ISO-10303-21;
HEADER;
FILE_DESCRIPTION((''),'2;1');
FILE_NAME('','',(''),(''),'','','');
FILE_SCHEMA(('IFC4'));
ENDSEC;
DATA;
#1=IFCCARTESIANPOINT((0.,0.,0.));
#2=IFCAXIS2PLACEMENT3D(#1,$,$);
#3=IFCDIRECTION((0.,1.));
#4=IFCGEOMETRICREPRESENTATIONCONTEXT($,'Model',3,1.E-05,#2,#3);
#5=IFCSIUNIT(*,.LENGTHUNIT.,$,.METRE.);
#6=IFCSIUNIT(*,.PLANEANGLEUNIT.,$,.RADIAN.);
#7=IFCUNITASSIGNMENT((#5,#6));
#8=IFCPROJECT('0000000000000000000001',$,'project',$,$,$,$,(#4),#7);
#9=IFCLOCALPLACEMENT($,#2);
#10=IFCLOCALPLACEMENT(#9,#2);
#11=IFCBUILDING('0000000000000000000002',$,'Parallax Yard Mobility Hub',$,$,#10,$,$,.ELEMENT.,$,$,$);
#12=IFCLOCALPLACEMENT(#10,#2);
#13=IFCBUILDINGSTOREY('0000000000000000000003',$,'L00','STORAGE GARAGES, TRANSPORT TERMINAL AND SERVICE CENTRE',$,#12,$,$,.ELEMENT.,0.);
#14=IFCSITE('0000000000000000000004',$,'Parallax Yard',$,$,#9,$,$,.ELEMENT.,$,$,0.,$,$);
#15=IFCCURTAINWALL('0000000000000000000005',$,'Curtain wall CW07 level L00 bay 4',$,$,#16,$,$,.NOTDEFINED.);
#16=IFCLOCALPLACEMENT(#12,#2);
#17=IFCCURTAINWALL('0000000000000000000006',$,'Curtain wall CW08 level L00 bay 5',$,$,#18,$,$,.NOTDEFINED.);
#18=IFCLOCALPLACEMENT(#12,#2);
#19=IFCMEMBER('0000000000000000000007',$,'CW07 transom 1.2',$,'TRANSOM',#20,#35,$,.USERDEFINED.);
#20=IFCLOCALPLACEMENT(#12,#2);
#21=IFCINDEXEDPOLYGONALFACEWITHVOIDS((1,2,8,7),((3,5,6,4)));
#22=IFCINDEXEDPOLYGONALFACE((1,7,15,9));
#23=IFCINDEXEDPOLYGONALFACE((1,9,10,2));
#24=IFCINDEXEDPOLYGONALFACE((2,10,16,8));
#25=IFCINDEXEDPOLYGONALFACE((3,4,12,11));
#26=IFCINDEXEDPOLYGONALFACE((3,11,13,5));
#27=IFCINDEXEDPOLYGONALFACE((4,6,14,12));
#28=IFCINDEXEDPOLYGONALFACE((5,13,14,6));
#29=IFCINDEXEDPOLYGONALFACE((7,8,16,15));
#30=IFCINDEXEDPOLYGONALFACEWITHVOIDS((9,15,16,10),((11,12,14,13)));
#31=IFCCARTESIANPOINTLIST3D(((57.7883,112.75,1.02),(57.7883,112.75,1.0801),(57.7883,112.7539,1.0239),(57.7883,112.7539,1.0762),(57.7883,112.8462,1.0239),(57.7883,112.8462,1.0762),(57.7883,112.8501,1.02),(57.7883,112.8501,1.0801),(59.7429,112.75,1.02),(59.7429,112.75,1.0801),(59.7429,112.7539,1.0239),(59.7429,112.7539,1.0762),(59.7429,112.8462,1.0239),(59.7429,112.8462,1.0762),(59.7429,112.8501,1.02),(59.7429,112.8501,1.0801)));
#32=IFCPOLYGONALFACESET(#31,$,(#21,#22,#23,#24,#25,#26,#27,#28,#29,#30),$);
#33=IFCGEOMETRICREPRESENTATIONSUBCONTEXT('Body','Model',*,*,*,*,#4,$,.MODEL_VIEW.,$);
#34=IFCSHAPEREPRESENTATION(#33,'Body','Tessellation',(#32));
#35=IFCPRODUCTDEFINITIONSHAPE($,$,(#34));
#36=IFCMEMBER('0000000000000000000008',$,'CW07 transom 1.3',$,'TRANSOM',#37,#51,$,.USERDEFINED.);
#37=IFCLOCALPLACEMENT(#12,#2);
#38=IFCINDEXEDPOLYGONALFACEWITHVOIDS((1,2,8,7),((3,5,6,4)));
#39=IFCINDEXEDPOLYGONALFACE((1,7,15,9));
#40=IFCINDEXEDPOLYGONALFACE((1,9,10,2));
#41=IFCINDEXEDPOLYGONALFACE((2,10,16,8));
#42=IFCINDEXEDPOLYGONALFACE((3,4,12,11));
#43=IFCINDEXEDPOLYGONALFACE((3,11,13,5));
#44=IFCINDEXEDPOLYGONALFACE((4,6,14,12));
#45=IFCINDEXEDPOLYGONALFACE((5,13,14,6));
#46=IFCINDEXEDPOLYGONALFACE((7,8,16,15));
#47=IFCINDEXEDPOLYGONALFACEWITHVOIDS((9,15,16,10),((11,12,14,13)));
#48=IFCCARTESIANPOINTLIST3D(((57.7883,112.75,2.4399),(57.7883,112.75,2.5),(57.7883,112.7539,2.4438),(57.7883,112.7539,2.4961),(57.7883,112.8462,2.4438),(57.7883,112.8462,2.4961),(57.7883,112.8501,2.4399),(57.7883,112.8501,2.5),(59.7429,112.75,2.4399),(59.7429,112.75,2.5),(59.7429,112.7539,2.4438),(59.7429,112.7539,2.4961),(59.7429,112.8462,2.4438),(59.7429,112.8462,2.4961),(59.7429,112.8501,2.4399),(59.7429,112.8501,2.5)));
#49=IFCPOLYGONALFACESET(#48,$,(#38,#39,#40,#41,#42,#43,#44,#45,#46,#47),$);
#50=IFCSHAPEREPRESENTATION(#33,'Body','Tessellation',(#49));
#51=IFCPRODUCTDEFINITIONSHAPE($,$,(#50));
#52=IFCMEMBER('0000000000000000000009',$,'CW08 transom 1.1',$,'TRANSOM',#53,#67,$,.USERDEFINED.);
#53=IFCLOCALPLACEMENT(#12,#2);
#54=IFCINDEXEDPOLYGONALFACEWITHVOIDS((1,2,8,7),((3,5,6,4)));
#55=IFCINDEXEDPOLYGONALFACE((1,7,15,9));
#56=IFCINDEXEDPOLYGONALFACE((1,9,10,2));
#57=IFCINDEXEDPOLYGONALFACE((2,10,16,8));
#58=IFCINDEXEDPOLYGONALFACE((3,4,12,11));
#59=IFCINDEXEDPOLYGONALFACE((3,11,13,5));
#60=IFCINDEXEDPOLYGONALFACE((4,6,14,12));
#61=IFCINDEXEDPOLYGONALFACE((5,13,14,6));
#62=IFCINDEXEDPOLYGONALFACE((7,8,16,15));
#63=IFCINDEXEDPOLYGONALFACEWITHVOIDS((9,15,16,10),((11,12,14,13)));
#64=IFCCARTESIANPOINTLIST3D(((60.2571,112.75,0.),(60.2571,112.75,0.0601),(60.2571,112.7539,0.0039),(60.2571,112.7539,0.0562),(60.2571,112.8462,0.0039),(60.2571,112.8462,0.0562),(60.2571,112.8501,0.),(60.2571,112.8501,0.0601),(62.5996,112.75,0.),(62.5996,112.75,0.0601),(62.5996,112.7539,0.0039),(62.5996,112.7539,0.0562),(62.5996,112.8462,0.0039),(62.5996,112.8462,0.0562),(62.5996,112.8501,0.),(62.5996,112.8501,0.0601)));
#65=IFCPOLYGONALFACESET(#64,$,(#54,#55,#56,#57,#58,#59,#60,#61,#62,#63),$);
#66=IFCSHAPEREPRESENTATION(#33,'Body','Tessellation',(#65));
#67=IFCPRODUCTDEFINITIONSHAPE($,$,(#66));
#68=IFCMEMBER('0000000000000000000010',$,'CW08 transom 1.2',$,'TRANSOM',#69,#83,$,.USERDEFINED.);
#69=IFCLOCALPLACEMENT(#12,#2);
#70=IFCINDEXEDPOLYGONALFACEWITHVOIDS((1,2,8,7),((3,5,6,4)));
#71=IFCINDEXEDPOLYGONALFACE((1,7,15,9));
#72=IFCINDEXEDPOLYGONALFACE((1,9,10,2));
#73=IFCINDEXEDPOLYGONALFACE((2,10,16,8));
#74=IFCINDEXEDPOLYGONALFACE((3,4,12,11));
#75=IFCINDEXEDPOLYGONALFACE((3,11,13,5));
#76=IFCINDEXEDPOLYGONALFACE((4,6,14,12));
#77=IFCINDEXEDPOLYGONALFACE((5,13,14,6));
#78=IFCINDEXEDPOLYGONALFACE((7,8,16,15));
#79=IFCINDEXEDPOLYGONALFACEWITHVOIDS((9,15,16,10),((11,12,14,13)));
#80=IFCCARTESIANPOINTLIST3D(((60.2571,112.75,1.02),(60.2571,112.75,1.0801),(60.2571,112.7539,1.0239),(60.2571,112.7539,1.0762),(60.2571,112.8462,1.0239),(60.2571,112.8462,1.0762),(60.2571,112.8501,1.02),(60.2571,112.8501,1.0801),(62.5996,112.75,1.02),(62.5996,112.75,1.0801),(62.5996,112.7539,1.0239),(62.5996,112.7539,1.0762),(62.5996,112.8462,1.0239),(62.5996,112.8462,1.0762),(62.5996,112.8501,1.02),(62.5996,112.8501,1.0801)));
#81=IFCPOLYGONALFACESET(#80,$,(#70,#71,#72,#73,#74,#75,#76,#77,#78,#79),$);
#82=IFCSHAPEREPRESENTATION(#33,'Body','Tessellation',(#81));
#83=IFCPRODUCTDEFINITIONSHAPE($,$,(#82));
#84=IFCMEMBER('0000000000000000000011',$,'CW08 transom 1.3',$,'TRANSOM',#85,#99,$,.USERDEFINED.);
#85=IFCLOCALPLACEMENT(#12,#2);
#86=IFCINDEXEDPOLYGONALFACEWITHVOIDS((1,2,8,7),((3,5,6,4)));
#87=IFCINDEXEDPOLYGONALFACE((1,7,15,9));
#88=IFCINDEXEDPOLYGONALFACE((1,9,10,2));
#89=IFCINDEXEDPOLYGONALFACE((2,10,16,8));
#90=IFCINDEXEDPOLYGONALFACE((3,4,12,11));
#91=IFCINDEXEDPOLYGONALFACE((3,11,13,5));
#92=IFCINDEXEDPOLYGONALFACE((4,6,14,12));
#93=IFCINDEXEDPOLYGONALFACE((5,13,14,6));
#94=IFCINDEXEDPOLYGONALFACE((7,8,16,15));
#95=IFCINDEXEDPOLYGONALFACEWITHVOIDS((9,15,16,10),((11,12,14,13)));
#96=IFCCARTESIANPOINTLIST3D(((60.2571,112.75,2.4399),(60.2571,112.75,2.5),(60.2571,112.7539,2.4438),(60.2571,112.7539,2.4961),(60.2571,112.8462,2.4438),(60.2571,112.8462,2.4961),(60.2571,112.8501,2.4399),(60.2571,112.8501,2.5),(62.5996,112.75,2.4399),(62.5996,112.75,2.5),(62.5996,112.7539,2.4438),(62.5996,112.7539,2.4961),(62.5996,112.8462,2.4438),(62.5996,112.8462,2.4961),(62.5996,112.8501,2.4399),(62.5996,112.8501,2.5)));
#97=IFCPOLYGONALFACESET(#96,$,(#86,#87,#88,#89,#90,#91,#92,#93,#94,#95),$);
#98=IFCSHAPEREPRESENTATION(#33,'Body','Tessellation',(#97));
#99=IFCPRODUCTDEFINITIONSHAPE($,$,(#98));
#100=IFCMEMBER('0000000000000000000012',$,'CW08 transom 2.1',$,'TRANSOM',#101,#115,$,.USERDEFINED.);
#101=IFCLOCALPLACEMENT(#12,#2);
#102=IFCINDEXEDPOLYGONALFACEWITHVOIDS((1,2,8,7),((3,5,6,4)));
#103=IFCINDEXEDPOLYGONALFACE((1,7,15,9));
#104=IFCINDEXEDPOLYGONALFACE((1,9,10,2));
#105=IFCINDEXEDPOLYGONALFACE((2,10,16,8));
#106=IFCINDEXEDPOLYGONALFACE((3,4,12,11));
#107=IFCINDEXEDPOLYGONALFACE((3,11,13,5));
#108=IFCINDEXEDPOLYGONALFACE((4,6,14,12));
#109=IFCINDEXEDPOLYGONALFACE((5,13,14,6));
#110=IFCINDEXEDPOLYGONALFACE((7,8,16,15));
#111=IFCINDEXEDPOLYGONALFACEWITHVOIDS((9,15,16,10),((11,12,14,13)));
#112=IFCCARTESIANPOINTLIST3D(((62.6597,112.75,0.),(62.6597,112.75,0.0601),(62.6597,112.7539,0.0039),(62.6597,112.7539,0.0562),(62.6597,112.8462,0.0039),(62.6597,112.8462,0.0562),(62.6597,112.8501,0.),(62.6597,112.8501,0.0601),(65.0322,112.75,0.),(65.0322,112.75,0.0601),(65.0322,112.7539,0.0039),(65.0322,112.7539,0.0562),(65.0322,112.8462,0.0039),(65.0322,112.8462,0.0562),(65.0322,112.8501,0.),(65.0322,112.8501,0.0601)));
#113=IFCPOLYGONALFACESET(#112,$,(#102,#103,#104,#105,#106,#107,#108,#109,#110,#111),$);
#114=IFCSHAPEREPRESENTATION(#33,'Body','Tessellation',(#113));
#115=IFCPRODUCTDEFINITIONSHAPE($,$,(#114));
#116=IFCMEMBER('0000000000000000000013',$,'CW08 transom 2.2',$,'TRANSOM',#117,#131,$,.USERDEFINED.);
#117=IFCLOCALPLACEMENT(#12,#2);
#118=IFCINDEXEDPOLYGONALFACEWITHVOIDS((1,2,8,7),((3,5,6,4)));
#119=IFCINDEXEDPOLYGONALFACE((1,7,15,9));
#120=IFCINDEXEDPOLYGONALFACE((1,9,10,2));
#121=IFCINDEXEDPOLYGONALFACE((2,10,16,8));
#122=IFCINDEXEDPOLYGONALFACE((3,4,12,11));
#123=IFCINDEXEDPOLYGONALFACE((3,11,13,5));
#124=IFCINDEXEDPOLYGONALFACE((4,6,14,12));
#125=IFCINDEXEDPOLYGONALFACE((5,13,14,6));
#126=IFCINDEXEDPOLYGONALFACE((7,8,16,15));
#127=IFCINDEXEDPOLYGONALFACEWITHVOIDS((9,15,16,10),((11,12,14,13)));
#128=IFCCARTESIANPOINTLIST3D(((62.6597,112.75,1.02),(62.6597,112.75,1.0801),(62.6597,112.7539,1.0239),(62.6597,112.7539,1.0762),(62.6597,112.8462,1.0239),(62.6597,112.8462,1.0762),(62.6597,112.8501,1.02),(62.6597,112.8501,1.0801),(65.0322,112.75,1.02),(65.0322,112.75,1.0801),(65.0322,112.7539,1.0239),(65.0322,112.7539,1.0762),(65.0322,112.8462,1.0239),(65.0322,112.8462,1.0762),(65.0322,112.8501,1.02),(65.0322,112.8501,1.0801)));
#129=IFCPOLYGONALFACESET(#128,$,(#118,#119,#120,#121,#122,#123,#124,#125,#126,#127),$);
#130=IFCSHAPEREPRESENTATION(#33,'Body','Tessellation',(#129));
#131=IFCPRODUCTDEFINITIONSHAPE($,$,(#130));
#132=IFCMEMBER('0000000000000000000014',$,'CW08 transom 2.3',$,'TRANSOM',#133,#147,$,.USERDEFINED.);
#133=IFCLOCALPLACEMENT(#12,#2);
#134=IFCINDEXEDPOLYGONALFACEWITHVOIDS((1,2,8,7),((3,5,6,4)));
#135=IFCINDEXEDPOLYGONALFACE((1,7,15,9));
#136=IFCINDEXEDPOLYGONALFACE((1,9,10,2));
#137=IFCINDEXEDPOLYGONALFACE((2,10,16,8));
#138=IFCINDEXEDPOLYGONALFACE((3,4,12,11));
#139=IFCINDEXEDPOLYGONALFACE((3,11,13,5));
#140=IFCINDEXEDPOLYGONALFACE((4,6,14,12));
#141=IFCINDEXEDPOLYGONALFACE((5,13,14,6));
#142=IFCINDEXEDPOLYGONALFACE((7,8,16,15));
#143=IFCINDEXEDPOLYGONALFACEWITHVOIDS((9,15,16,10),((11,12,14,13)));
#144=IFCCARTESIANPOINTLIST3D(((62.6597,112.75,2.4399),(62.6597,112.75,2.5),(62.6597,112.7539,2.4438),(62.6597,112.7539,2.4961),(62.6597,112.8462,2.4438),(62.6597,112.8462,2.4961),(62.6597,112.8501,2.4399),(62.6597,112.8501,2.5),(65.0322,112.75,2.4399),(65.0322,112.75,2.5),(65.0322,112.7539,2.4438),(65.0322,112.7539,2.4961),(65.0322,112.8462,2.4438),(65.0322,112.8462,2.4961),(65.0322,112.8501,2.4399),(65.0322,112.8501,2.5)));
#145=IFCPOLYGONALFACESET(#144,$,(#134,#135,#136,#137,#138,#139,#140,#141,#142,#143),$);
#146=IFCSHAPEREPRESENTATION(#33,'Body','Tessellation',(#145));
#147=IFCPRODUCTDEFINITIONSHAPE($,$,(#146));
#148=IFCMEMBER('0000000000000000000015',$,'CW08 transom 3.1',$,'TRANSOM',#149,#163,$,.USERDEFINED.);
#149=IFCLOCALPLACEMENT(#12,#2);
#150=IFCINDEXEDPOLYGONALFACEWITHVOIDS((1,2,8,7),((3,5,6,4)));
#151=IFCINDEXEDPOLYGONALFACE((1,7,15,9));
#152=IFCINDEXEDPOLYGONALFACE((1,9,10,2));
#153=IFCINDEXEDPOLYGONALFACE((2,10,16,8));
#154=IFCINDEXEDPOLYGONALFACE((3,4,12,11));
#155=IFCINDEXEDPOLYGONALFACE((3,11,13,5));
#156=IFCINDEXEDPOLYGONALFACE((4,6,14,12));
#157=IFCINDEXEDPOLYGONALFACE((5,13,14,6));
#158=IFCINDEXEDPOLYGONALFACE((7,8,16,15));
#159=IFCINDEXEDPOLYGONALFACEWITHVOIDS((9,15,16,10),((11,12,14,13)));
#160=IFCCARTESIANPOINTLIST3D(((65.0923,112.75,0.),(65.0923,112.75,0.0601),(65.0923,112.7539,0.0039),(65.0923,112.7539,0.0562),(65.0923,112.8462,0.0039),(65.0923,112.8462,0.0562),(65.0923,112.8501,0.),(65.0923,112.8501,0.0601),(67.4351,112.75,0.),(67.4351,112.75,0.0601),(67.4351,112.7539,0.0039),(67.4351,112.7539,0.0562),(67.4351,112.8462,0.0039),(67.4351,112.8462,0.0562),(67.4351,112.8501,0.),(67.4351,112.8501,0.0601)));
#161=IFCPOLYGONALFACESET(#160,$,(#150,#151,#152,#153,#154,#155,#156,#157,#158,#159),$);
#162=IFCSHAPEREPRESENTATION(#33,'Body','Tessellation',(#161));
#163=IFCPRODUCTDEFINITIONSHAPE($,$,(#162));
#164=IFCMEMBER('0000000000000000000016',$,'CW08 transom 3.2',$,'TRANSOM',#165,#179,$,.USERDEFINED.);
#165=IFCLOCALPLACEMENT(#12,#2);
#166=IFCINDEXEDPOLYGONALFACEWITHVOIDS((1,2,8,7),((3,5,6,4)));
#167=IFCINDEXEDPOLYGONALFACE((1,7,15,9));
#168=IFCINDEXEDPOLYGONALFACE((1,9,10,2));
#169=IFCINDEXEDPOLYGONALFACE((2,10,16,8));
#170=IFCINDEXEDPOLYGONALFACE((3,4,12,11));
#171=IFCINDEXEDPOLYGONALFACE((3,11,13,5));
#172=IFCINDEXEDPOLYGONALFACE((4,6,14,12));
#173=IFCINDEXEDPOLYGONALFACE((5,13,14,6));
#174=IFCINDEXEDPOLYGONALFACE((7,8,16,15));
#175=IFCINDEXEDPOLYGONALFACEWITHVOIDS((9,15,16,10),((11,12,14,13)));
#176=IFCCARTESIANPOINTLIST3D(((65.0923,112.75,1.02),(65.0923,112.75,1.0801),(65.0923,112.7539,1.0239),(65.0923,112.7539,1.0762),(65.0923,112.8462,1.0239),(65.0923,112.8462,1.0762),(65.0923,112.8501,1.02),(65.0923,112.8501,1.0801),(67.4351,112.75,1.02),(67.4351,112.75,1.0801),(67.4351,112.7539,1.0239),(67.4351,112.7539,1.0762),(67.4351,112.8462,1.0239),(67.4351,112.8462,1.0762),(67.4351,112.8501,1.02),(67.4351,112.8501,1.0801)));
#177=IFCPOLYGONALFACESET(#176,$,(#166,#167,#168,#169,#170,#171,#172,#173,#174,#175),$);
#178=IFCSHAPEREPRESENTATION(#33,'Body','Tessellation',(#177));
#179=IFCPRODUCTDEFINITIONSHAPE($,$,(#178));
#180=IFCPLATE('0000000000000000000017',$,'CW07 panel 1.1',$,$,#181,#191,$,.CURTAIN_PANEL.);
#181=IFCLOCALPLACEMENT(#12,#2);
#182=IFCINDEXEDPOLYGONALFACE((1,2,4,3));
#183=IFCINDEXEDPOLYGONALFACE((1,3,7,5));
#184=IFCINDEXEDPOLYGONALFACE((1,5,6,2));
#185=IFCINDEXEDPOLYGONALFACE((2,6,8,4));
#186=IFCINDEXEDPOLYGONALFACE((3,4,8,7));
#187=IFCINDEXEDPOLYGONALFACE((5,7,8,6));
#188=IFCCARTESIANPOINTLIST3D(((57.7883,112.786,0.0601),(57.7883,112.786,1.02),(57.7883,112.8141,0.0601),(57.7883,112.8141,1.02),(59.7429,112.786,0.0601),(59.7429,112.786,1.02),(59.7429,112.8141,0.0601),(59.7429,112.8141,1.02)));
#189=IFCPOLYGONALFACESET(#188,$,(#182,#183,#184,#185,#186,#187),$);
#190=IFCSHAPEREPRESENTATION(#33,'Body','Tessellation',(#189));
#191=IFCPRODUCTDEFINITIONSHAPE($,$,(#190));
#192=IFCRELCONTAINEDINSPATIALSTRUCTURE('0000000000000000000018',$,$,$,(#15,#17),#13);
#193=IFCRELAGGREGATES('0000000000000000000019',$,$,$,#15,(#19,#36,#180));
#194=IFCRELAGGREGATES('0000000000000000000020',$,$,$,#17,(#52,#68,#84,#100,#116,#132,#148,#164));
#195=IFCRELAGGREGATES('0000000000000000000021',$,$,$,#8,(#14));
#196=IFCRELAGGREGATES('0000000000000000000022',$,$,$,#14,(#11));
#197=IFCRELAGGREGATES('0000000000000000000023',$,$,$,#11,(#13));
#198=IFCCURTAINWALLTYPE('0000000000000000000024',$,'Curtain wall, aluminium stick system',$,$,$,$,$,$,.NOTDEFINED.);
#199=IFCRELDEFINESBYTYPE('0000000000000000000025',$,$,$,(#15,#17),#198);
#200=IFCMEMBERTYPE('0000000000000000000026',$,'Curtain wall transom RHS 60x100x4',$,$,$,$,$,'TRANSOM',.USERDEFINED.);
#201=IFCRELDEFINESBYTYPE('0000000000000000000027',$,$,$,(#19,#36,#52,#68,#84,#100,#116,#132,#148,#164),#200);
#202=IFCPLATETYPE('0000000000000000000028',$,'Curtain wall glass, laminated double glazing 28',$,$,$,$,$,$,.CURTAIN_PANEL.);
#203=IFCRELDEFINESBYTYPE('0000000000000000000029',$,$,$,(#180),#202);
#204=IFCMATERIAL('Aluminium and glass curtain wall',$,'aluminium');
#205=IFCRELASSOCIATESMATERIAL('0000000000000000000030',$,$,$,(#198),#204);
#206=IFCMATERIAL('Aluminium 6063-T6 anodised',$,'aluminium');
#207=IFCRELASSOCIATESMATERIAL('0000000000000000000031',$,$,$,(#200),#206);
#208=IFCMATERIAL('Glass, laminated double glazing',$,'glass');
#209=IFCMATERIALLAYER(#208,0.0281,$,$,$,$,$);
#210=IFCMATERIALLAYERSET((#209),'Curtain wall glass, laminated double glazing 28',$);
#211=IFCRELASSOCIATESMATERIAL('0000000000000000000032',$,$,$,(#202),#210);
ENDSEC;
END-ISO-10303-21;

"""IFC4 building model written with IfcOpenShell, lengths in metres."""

from ifc_helpers import new_model, si_unit, direction, frame, origin, origin_2d, place, context, subcontext, project, spatial, rectangle, hollow_rectangle, extrude, material, layer, layer_set, material_profile, profile_set, type_object, element, aggregate, save


model = new_model("IFC4")

# Units and contexts
model_context = context("Model", 3, precision=1e-05, world=origin(), true_north=direction((0.0, 1.0)))
body_context = subcontext(model_context, "Body", "Model", "MODEL_VIEW")
ifc_project = project(units=[si_unit("LENGTHUNIT", "METRE"), si_unit("PLANEANGLEUNIT", "RADIAN")], contexts=[model_context])

# Site, building, storey
site_placement = place(None, origin())
site = spatial("IfcSite", under=ifc_project, at=site_placement, Name="Parallax Yard", CompositionType="ELEMENT", RefElevation=0.0)
building_placement = place(site_placement, origin())
building = spatial("IfcBuilding", under=site, at=building_placement, Name="Parallax Yard Mobility Hub", CompositionType="ELEMENT")
storey_placement = place(building_placement, origin())
storey = spatial("IfcBuildingStorey", under=building, at=storey_placement, Name="L00", Description="STORAGE GARAGES, TRANSPORT TERMINAL AND SERVICE CENTRE", CompositionType="ELEMENT", Elevation=0.0)

# Curtain wall
ifc_material_1 = material(Name="Aluminium and glass curtain wall", Category="aluminium")
curtain_wall_type = type_object("IfcCurtainWallType", Name="Curtain wall, aluminium stick system", PredefinedType="NOTDEFINED", material=ifc_material_1)
curtain_wall_1_placement = place(storey_placement, origin())
curtain_wall_1 = element("IfcCurtainWall", 1, at=curtain_wall_1_placement, inside=storey, type_object=curtain_wall_type, Name="Curtain wall CW07 level L00 bay 4", PredefinedType="NOTDEFINED")
ifc_material_2 = material(Name="Aluminium 6063-T6 anodised", Category="aluminium")

# Curtain wall
curtain_wall_2_placement = place(storey_placement, origin())
curtain_wall_2 = element("IfcCurtainWall", 2, at=curtain_wall_2_placement, inside=storey, type_object=curtain_wall_type, Name="Curtain wall CW08 level L00 bay 5", PredefinedType="NOTDEFINED")

# Members
ifc_material_profile_1 = material_profile(ifc_material_2, hollow_rectangle(XDim=0.1001, YDim=0.0601, WallThickness=0.0039, at=origin_2d()), Name="RHS 60x100x4")
ifc_profile_set_1 = profile_set([ifc_material_profile_1], Name="Aluminium 6063-T6 anodised")
member_type_1 = type_object("IfcMemberType", Name="Curtain wall transom RHS 60x100x4", ElementType="TRANSOM", PredefinedType="USERDEFINED", material=ifc_profile_set_1)
member_1_placement = place(storey_placement, frame((57.7883, 112.8, 1.05), z_axis=(1.0, 0.0, 0.0), x_axis=(0.0, 1.0, 0.0)))
member_1 = element("IfcMember", 3, at=member_1_placement, type_object=member_type_1, Name="CW07 transom 1.2", ObjectType="TRANSOM", PredefinedType="USERDEFINED", context=body_context, shape_type="SweptSolid", body=[
    extrude(hollow_rectangle(XDim=0.1001, YDim=0.0601, WallThickness=0.0039, at=origin_2d()), origin(), (0.0, 0.0, 1.0), 1.9546),
])
member_2_placement = place(storey_placement, frame((57.7883, 112.8, 2.47), z_axis=(1.0, 0.0, 0.0), x_axis=(0.0, 1.0, 0.0)))
member_2 = element("IfcMember", 4, at=member_2_placement, type_object=member_type_1, Name="CW07 transom 1.3", ObjectType="TRANSOM", PredefinedType="USERDEFINED", context=body_context, shape_type="SweptSolid", body=[
    extrude(hollow_rectangle(XDim=0.1001, YDim=0.0601, WallThickness=0.0039, at=origin_2d()), origin(), (0.0, 0.0, 1.0), 1.9546),
])
member_3_placement = place(storey_placement, frame((60.2571, 112.8, 0.03), z_axis=(1.0, 0.0, 0.0), x_axis=(0.0, 1.0, 0.0)))
member_3 = element("IfcMember", 5, at=member_3_placement, type_object=member_type_1, Name="CW08 transom 1.1", ObjectType="TRANSOM", PredefinedType="USERDEFINED", context=body_context, shape_type="SweptSolid", body=[
    extrude(hollow_rectangle(XDim=0.1001, YDim=0.0601, WallThickness=0.0039, at=origin_2d()), origin(), (0.0, 0.0, 1.0), 2.3425),
])
member_4_placement = place(storey_placement, frame((60.2571, 112.8, 1.05), z_axis=(1.0, 0.0, 0.0), x_axis=(0.0, 1.0, 0.0)))
member_4 = element("IfcMember", 6, at=member_4_placement, type_object=member_type_1, Name="CW08 transom 1.2", ObjectType="TRANSOM", PredefinedType="USERDEFINED", context=body_context, shape_type="SweptSolid", body=[
    extrude(hollow_rectangle(XDim=0.1001, YDim=0.0601, WallThickness=0.0039, at=origin_2d()), origin(), (0.0, 0.0, 1.0), 2.3425),
])
member_5_placement = place(storey_placement, frame((60.2571, 112.8, 2.47), z_axis=(1.0, 0.0, 0.0), x_axis=(0.0, 1.0, 0.0)))
member_5 = element("IfcMember", 7, at=member_5_placement, type_object=member_type_1, Name="CW08 transom 1.3", ObjectType="TRANSOM", PredefinedType="USERDEFINED", context=body_context, shape_type="SweptSolid", body=[
    extrude(hollow_rectangle(XDim=0.1001, YDim=0.0601, WallThickness=0.0039, at=origin_2d()), origin(), (0.0, 0.0, 1.0), 2.3425),
])
member_6_placement = place(storey_placement, frame((62.6597, 112.8, 0.03), z_axis=(1.0, 0.0, 0.0), x_axis=(0.0, 1.0, 0.0)))
member_6 = element("IfcMember", 8, at=member_6_placement, type_object=member_type_1, Name="CW08 transom 2.1", ObjectType="TRANSOM", PredefinedType="USERDEFINED", context=body_context, shape_type="SweptSolid", body=[
    extrude(hollow_rectangle(XDim=0.1001, YDim=0.0601, WallThickness=0.0039, at=origin_2d()), origin(), (0.0, 0.0, 1.0), 2.3726),
])
member_7_placement = place(storey_placement, frame((62.6597, 112.8, 1.05), z_axis=(1.0, 0.0, 0.0), x_axis=(0.0, 1.0, 0.0)))
member_7 = element("IfcMember", 9, at=member_7_placement, type_object=member_type_1, Name="CW08 transom 2.2", ObjectType="TRANSOM", PredefinedType="USERDEFINED", context=body_context, shape_type="SweptSolid", body=[
    extrude(hollow_rectangle(XDim=0.1001, YDim=0.0601, WallThickness=0.0039, at=origin_2d()), origin(), (0.0, 0.0, 1.0), 2.3726),
])
member_8_placement = place(storey_placement, frame((62.6597, 112.8, 2.47), z_axis=(1.0, 0.0, 0.0), x_axis=(0.0, 1.0, 0.0)))
member_8 = element("IfcMember", 10, at=member_8_placement, type_object=member_type_1, Name="CW08 transom 2.3", ObjectType="TRANSOM", PredefinedType="USERDEFINED", context=body_context, shape_type="SweptSolid", body=[
    extrude(hollow_rectangle(XDim=0.1001, YDim=0.0601, WallThickness=0.0039, at=origin_2d()), origin(), (0.0, 0.0, 1.0), 2.3726),
])
member_9_placement = place(storey_placement, frame((65.0923, 112.8, 0.03), z_axis=(1.0, 0.0, 0.0), x_axis=(0.0, 1.0, 0.0)))
member_9 = element("IfcMember", 11, at=member_9_placement, type_object=member_type_1, Name="CW08 transom 3.1", ObjectType="TRANSOM", PredefinedType="USERDEFINED", context=body_context, shape_type="SweptSolid", body=[
    extrude(hollow_rectangle(XDim=0.1001, YDim=0.0601, WallThickness=0.0039, at=origin_2d()), origin(), (0.0, 0.0, 1.0), 2.3428),
])
member_10_placement = place(storey_placement, frame((65.0923, 112.8, 1.05), z_axis=(1.0, 0.0, 0.0), x_axis=(0.0, 1.0, 0.0)))
member_10 = element("IfcMember", 12, at=member_10_placement, type_object=member_type_1, Name="CW08 transom 3.2", ObjectType="TRANSOM", PredefinedType="USERDEFINED", context=body_context, shape_type="SweptSolid", body=[
    extrude(hollow_rectangle(XDim=0.1001, YDim=0.0601, WallThickness=0.0039, at=origin_2d()), origin(), (0.0, 0.0, 1.0), 2.3428),
])

# Plate
ifc_material_3 = material(Name="Glass, laminated double glazing", Category="glass")
ifc_layer_1 = layer(ifc_material_3, 0.0281)
ifc_layer_set_1 = layer_set([ifc_layer_1], Name="Curtain wall glass, laminated double glazing 28")
plate_type = type_object("IfcPlateType", Name="Curtain wall glass, laminated double glazing 28", PredefinedType="CURTAIN_PANEL", material=ifc_layer_set_1)
plate_1_placement = place(storey_placement, frame((58.7656, 112.8, 0.0601), z_axis=(0.0, 0.0, 1.0), x_axis=(1.0, 0.0, 0.0)))
plate_1 = element("IfcPlate", 13, at=plate_1_placement, type_object=plate_type, Name="CW07 panel 1.1", PredefinedType="CURTAIN_PANEL", context=body_context, shape_type="SweptSolid", body=[
    extrude(rectangle(XDim=1.9546, YDim=0.0281, at=origin_2d()), origin(), (0.0, 0.0, 1.0), 0.96),
])
aggregate(curtain_wall_1, [member_1, member_2, plate_1])
aggregate(curtain_wall_2, [member_3, member_4, member_5, member_6, member_7, member_8, member_9, member_10])

save(model, "model.ifc")
